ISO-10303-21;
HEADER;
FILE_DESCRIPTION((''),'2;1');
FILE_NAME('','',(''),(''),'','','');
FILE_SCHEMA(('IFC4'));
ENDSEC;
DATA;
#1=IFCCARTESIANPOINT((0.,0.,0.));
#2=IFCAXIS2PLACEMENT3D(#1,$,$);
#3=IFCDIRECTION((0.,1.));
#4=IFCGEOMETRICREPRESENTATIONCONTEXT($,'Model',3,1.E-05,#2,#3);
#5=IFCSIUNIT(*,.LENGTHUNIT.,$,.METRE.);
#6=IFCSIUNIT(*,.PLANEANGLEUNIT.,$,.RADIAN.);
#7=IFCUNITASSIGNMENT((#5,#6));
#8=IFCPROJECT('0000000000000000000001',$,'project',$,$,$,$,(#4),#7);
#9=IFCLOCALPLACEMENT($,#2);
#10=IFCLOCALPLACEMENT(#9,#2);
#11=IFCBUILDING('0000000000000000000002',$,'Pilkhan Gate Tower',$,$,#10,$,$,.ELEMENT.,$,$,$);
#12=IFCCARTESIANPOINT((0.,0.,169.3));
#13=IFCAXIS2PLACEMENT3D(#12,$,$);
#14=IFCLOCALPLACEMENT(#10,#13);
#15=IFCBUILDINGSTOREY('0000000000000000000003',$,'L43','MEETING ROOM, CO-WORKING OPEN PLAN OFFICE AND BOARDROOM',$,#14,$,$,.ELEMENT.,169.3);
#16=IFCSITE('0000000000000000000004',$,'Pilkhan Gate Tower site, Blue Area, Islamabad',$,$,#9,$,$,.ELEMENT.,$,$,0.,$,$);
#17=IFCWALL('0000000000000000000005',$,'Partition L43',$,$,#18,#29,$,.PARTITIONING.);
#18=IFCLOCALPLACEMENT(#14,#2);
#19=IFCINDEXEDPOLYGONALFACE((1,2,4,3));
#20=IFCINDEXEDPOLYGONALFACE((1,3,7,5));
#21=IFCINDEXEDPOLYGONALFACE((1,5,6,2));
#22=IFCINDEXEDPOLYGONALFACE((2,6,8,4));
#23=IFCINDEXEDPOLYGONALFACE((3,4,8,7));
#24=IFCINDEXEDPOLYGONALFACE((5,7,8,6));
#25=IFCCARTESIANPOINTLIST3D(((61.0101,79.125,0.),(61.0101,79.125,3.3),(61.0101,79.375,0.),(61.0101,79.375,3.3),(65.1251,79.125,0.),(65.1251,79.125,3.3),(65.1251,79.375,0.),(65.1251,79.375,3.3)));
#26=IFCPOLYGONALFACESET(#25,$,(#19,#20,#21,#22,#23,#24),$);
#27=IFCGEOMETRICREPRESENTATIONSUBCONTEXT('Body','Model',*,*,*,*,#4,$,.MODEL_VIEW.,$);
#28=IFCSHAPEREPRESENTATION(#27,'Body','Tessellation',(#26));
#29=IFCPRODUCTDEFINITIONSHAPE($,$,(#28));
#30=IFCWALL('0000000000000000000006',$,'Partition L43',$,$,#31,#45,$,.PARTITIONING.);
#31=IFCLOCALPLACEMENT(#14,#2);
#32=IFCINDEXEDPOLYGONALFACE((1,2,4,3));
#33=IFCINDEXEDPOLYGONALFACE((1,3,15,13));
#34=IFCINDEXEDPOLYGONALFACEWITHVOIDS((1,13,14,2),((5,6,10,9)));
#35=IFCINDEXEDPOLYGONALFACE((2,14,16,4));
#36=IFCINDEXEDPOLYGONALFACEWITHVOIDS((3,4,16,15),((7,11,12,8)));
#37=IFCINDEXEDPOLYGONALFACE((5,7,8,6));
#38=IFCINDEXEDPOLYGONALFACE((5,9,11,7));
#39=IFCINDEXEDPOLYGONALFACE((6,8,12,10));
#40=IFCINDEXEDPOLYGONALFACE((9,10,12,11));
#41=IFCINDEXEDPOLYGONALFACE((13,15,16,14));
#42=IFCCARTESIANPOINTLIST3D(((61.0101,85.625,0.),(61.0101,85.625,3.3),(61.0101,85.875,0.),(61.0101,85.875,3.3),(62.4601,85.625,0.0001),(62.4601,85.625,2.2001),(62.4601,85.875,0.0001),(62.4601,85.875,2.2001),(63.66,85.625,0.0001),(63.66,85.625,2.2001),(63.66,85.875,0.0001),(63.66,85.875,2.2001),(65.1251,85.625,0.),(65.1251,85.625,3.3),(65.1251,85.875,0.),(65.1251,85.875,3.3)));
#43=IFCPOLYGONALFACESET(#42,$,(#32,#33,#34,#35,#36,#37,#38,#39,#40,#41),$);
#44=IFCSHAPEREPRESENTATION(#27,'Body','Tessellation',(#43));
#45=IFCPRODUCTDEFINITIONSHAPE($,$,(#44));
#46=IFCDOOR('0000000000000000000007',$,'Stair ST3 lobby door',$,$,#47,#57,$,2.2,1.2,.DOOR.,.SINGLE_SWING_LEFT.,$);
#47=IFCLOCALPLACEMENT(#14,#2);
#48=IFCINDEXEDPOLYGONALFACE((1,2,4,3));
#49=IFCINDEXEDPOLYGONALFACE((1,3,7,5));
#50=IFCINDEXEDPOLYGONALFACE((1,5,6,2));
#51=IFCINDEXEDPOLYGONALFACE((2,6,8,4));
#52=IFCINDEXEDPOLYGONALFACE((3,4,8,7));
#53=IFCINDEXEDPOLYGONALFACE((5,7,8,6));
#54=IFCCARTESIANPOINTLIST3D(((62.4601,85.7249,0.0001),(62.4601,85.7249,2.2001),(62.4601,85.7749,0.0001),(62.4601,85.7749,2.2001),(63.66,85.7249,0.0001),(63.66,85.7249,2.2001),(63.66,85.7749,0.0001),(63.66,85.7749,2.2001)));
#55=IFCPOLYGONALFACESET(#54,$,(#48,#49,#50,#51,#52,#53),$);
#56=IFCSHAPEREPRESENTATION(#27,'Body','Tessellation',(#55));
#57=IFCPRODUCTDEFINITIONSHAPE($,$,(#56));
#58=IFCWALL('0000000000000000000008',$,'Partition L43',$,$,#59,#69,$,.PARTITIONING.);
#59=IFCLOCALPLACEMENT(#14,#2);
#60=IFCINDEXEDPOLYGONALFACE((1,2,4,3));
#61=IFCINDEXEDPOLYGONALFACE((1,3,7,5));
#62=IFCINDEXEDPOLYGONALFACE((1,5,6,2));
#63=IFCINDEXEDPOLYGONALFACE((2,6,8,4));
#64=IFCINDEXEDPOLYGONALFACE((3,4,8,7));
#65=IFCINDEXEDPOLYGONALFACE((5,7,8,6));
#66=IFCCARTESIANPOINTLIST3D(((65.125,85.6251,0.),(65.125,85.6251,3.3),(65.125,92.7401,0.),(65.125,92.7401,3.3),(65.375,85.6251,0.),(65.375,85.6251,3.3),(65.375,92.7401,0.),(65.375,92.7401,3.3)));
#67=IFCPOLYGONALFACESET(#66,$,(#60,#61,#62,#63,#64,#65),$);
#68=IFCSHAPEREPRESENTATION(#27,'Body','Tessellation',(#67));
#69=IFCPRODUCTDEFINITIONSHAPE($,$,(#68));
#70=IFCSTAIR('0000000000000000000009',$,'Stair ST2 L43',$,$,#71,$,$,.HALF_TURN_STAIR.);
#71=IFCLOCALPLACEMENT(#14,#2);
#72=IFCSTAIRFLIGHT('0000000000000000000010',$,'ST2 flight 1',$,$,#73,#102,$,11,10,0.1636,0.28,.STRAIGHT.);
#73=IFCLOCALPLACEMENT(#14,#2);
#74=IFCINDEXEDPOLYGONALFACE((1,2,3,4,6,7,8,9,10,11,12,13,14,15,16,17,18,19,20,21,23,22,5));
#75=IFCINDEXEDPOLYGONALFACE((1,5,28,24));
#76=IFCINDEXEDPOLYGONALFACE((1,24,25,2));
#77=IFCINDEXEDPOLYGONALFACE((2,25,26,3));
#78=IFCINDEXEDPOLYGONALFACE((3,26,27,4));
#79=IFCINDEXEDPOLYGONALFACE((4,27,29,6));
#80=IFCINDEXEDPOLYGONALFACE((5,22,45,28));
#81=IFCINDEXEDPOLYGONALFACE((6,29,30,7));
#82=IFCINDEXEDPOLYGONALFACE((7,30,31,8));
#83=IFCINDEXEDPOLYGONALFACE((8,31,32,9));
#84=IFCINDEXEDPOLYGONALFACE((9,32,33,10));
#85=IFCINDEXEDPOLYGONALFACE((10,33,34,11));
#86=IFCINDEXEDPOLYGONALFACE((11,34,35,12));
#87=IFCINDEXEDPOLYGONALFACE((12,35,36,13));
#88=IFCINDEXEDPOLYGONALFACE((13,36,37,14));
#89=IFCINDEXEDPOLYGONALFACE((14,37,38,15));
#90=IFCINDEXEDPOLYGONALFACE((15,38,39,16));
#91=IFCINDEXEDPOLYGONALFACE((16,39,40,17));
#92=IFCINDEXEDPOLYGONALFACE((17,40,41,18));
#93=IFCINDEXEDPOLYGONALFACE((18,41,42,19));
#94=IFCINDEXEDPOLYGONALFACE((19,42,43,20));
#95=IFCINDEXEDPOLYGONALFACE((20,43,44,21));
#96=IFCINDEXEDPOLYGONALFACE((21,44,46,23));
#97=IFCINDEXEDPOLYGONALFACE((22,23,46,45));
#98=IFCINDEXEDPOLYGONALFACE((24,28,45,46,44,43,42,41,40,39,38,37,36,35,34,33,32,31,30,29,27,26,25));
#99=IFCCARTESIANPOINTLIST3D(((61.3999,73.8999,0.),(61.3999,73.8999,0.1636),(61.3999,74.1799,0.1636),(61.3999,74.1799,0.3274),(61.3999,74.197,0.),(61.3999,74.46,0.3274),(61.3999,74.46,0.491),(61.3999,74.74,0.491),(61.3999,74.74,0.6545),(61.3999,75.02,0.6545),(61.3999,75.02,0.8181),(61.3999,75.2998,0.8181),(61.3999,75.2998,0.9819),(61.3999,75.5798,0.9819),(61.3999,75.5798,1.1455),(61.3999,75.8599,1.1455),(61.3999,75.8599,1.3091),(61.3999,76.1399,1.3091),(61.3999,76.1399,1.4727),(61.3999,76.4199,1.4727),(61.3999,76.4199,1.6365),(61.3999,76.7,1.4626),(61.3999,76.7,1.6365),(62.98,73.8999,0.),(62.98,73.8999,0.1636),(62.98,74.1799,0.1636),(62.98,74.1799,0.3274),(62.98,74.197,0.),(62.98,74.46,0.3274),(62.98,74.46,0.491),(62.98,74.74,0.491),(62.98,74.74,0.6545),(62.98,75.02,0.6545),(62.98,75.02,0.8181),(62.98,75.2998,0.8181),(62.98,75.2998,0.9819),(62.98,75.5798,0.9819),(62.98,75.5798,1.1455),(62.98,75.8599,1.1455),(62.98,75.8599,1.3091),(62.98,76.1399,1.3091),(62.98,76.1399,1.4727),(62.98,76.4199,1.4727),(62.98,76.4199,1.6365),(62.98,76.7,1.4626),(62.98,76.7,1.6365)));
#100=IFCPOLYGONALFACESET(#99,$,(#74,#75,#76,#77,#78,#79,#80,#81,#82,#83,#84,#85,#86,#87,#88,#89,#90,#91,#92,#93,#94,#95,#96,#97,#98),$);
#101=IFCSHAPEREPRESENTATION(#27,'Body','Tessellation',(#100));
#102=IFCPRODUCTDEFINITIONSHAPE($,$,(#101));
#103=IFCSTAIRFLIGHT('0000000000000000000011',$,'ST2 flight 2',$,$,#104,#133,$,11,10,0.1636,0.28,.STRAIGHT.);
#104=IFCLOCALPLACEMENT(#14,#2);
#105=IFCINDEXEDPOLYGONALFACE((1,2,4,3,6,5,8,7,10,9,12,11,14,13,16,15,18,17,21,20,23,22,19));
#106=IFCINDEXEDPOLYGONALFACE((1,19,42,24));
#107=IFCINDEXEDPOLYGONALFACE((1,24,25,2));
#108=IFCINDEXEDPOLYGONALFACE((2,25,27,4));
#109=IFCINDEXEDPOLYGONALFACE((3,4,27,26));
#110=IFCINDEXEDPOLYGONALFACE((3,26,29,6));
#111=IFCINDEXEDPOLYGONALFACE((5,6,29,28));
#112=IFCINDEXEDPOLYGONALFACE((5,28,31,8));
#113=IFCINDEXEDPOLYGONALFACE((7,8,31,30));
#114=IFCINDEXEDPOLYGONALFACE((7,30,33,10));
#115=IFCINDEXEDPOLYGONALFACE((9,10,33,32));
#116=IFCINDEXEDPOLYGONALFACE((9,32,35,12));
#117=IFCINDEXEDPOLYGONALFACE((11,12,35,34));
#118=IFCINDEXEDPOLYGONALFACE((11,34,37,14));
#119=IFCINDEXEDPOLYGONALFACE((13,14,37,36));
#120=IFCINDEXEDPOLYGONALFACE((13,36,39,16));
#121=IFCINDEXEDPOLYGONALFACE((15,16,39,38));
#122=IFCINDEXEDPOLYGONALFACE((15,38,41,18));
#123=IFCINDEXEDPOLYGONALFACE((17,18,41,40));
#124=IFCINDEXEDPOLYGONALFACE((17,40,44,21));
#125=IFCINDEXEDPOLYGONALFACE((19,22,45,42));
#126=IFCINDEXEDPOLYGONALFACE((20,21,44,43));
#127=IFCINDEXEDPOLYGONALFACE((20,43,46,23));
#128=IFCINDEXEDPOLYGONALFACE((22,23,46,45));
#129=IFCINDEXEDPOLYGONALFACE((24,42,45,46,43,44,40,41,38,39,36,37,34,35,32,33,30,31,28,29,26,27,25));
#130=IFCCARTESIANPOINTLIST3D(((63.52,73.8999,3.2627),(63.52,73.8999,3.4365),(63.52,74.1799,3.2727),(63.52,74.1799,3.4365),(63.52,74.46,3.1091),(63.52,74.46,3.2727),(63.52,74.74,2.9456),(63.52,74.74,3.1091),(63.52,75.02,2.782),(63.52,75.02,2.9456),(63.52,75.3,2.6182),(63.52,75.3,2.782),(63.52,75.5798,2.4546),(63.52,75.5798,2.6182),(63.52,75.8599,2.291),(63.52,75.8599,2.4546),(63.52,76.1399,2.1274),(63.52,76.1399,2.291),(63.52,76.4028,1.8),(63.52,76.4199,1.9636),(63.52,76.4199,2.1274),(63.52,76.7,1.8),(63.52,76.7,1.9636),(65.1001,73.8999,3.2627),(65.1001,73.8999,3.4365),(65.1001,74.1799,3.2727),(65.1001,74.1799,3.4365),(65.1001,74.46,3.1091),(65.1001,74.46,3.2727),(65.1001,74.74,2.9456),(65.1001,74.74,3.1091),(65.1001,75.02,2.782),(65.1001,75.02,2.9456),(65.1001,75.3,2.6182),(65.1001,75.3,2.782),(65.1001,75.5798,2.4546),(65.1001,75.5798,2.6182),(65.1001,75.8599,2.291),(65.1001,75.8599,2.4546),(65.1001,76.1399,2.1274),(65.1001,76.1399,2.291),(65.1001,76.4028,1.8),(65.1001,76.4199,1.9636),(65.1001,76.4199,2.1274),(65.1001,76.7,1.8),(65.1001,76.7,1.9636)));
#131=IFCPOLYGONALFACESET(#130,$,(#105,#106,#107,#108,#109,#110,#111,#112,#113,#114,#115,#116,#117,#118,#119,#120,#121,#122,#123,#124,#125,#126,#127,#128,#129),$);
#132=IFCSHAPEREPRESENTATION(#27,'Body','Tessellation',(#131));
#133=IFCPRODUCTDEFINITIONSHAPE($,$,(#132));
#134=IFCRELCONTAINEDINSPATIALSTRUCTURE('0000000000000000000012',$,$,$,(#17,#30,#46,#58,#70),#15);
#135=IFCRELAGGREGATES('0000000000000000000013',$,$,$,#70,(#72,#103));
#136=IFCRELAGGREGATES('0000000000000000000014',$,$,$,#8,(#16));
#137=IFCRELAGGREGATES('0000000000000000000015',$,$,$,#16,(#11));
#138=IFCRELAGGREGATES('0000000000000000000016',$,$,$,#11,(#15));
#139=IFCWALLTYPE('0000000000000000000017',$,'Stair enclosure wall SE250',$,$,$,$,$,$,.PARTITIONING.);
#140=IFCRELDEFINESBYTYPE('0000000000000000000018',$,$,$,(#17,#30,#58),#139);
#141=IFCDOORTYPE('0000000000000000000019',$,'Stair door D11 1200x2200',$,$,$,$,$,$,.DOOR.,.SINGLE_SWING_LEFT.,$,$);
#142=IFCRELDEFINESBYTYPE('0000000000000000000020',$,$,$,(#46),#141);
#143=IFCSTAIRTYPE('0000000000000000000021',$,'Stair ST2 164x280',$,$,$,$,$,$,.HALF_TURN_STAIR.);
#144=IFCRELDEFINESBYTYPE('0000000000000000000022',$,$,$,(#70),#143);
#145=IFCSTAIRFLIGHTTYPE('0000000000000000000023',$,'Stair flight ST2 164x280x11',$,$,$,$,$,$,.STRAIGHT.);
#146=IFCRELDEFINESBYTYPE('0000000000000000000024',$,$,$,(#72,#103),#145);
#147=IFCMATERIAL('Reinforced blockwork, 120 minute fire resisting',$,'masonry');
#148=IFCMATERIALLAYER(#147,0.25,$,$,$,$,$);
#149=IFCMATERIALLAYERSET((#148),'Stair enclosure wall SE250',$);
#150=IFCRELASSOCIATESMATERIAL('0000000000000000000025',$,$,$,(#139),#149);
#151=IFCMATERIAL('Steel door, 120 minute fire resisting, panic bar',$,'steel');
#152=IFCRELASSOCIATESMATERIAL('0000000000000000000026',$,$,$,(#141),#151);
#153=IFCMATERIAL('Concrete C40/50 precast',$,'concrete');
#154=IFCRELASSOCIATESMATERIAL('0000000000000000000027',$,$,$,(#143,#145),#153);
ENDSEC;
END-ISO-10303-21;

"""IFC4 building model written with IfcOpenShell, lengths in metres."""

from ifc_helpers import new_model, si_unit, direction, frame, frame_2d, origin, place, context, subcontext, project, spatial, polyline, rectangle, outline, extrude, material, layer, layer_set, type_object, element, fill, aggregate, save


model = new_model("IFC4")

# Units and contexts
model_context = context("Model", 3, precision=1e-05, world=origin(), true_north=direction((0.0, 1.0)))
body_context = subcontext(model_context, "Body", "Model", "MODEL_VIEW")
ifc_project = project(units=[si_unit("LENGTHUNIT", "METRE"), si_unit("PLANEANGLEUNIT", "RADIAN")], contexts=[model_context])

# Site, building, storey
site_placement = place(None, origin())
site = spatial("IfcSite", under=ifc_project, at=site_placement, Name="Pilkhan Gate Tower site, Blue Area, Islamabad", CompositionType="ELEMENT", RefElevation=0.0)
building_placement = place(site_placement, origin())
building = spatial("IfcBuilding", under=site, at=building_placement, Name="Pilkhan Gate Tower", CompositionType="ELEMENT")
storey_placement = place(building_placement, frame((0.0, 0.0, 169.3)))
storey = spatial("IfcBuildingStorey", under=building, at=storey_placement, Name="L43", Description="MEETING ROOM, CO-WORKING OPEN PLAN OFFICE AND BOARDROOM", CompositionType="ELEMENT", Elevation=169.3)

# Wall
ifc_material_1 = material(Name="Reinforced blockwork, 120 minute fire resisting", Category="masonry")
ifc_layer_1 = layer(ifc_material_1, 0.25)
ifc_layer_set_1 = layer_set([ifc_layer_1], Name="Stair enclosure wall SE250")
wall_type_1 = type_object("IfcWallType", Name="Stair enclosure wall SE250", PredefinedType="PARTITIONING", material=ifc_layer_set_1)
wall_1_placement = place(storey_placement, frame((61.01, 79.25, 0.0), z_axis=(0.0, 0.0, 1.0), x_axis=(1.0, 0.0, 0.0)))
element("IfcWall", 1, at=wall_1_placement, inside=storey, type_object=wall_type_1, Name="Partition L43", PredefinedType="PARTITIONING", context=body_context, shape_type="SweptSolid", body=[
    extrude(rectangle(XDim=4.115, YDim=0.25, at=frame_2d((2.0576, 0.0))), origin(), (0.0, 0.0, 1.0), 3.3),
])

# Wall, opening, door
wall_2_placement = place(storey_placement, frame((61.01, 85.75, 0.0), z_axis=(0.0, 0.0, 1.0), x_axis=(1.0, 0.0, 0.0)))
wall_2 = element("IfcWall", 2, at=wall_2_placement, inside=storey, type_object=wall_type_1, Name="Partition L43", PredefinedType="PARTITIONING", context=body_context, shape_type="SweptSolid", body=[
    extrude(rectangle(XDim=4.115, YDim=0.25, at=frame_2d((2.0576, 0.0))), origin(), (0.0, 0.0, 1.0), 3.3),
])
opening_1_placement = place(wall_2_placement, frame((1.45, 0.0, 0.0)))
opening_1 = element("IfcOpeningElement", 3, at=opening_1_placement, cuts=wall_2, PredefinedType="OPENING", context=body_context, shape_type="SweptSolid", body=[
    extrude(rectangle(XDim=1.2, YDim=2.2, at=frame_2d((0.6001, 1.1001))), frame((0.0, 0.135, 0.0), z_axis=(0.0, -1.0, 0.0), x_axis=(1.0, 0.0, 0.0)), (0.0, 0.0, 1.0), 0.27),
])
ifc_material_2 = material(Name="Steel door, 120 minute fire resisting, panic bar", Category="steel")
door_type_1 = type_object("IfcDoorType", Name="Stair door D11 1200x2200", OperationType="SINGLE_SWING_LEFT", PredefinedType="DOOR", material=ifc_material_2)
door_1_placement = place(opening_1_placement, origin())
door_1 = element("IfcDoor", 4, at=door_1_placement, inside=storey, type_object=door_type_1, Name="Stair ST3 lobby door", OperationType="SINGLE_SWING_LEFT", OverallHeight=2.2, OverallWidth=1.2, PredefinedType="DOOR", context=body_context, shape_type="SweptSolid", body=[
    extrude(rectangle(XDim=1.2, YDim=2.2, at=frame_2d((0.6001, 1.1001))), frame((0.0, 0.0249, 0.0), z_axis=(0.0, -1.0, 0.0), x_axis=(1.0, 0.0, 0.0)), (0.0, 0.0, 1.0), 0.05),
])
fill(opening_1, door_1)

# Wall
wall_3_placement = place(storey_placement, frame((65.25, 85.625, 0.0), z_axis=(0.0, 0.0, 1.0), x_axis=(0.0, 1.0, 0.0)))
element("IfcWall", 5, at=wall_3_placement, inside=storey, type_object=wall_type_1, Name="Partition L43", PredefinedType="PARTITIONING", context=body_context, shape_type="SweptSolid", body=[
    extrude(rectangle(XDim=7.115, YDim=0.25, at=frame_2d((3.5576, 0.0))), origin(), (0.0, 0.0, 1.0), 3.3),
])

# Stair, stair flights
ifc_material_3 = material(Name="Concrete C40/50 precast", Category="concrete")
stair_type = type_object("IfcStairType", Name="Stair ST2 164x280", PredefinedType="HALF_TURN_STAIR", material=ifc_material_3)
stair_placement = place(storey_placement, origin())
stair = element("IfcStair", 6, at=stair_placement, inside=storey, type_object=stair_type, Name="Stair ST2 L43", PredefinedType="HALF_TURN_STAIR")
stair_flight_type = type_object("IfcStairFlightType", Name="Stair flight ST2 164x280x11", PredefinedType="STRAIGHT", material=ifc_material_3)
stair_flight_1_placement = place(storey_placement, frame((62.1899, 73.8999, 0.0), z_axis=(0.0, 0.0, 1.0), x_axis=(0.0, 1.0, 0.0)))
stair_flight_1 = element("IfcStairFlight", 7, at=stair_flight_1_placement, type_object=stair_flight_type, Name="ST2 flight 1", NumberOfRisers=11, NumberOfTreads=10, PredefinedType="STRAIGHT", RiserHeight=0.1636, TreadLength=0.28, context=body_context, shape_type="SweptSolid", body=[
    extrude(outline(polyline([(0.0, 0.0), (0.0, 0.1636), (0.28, 0.1636), (0.28, 0.3274), (0.5601, 0.3274), (0.5601, 0.491), (0.8401, 0.491), (0.8401, 0.6545), (1.1201, 0.6545), (1.1201, 0.8181), (1.3999, 0.8181), (1.3999, 0.9819), (1.6799, 0.9819), (1.6799, 1.1455), (1.96, 1.1455), (1.96, 1.3091), (2.24, 1.3091), (2.24, 1.4727), (2.52, 1.4727), (2.52, 1.6365), (2.8, 1.6365), (2.8, 1.8), (2.8, 1.4626), (0.2971, 0.0), (0.0, 0.0)])), frame((0.0, 0.79, 0.0), z_axis=(0.0, -1.0, 0.0), x_axis=(1.0, 0.0, 0.0)), (0.0, 0.0, 1.0), 1.5801),
])
stair_flight_2_placement = place(storey_placement, frame((64.3101, 76.7, 1.8), z_axis=(0.0, 0.0, 1.0), x_axis=(0.0, -1.0, 0.0)))
stair_flight_2 = element("IfcStairFlight", 8, at=stair_flight_2_placement, type_object=stair_flight_type, Name="ST2 flight 2", NumberOfRisers=11, NumberOfTreads=10, PredefinedType="STRAIGHT", RiserHeight=0.1636, TreadLength=0.28, context=body_context, shape_type="SweptSolid", body=[
    extrude(outline(polyline([(0.0, 0.0), (0.0, 0.1636), (0.28, 0.1636), (0.28, 0.3274), (0.5601, 0.3274), (0.5601, 0.491), (0.8401, 0.491), (0.8401, 0.6545), (1.1201, 0.6545), (1.1201, 0.8181), (1.3999, 0.8181), (1.3999, 0.9819), (1.6799, 0.9819), (1.6799, 1.1455), (1.96, 1.1455), (1.96, 1.3091), (2.24, 1.3091), (2.24, 1.4727), (2.52, 1.4727), (2.52, 1.6365), (2.8, 1.6365), (2.8, 1.8), (2.8, 1.4626), (0.2971, 0.0), (0.0, 0.0)])), frame((0.0, 0.79, 0.0), z_axis=(0.0, -1.0, 0.0), x_axis=(1.0, 0.0, 0.0)), (0.0, 0.0, 1.0), 1.5801),
])
aggregate(stair, [stair_flight_1, stair_flight_2])

save(model, "model.ifc")
